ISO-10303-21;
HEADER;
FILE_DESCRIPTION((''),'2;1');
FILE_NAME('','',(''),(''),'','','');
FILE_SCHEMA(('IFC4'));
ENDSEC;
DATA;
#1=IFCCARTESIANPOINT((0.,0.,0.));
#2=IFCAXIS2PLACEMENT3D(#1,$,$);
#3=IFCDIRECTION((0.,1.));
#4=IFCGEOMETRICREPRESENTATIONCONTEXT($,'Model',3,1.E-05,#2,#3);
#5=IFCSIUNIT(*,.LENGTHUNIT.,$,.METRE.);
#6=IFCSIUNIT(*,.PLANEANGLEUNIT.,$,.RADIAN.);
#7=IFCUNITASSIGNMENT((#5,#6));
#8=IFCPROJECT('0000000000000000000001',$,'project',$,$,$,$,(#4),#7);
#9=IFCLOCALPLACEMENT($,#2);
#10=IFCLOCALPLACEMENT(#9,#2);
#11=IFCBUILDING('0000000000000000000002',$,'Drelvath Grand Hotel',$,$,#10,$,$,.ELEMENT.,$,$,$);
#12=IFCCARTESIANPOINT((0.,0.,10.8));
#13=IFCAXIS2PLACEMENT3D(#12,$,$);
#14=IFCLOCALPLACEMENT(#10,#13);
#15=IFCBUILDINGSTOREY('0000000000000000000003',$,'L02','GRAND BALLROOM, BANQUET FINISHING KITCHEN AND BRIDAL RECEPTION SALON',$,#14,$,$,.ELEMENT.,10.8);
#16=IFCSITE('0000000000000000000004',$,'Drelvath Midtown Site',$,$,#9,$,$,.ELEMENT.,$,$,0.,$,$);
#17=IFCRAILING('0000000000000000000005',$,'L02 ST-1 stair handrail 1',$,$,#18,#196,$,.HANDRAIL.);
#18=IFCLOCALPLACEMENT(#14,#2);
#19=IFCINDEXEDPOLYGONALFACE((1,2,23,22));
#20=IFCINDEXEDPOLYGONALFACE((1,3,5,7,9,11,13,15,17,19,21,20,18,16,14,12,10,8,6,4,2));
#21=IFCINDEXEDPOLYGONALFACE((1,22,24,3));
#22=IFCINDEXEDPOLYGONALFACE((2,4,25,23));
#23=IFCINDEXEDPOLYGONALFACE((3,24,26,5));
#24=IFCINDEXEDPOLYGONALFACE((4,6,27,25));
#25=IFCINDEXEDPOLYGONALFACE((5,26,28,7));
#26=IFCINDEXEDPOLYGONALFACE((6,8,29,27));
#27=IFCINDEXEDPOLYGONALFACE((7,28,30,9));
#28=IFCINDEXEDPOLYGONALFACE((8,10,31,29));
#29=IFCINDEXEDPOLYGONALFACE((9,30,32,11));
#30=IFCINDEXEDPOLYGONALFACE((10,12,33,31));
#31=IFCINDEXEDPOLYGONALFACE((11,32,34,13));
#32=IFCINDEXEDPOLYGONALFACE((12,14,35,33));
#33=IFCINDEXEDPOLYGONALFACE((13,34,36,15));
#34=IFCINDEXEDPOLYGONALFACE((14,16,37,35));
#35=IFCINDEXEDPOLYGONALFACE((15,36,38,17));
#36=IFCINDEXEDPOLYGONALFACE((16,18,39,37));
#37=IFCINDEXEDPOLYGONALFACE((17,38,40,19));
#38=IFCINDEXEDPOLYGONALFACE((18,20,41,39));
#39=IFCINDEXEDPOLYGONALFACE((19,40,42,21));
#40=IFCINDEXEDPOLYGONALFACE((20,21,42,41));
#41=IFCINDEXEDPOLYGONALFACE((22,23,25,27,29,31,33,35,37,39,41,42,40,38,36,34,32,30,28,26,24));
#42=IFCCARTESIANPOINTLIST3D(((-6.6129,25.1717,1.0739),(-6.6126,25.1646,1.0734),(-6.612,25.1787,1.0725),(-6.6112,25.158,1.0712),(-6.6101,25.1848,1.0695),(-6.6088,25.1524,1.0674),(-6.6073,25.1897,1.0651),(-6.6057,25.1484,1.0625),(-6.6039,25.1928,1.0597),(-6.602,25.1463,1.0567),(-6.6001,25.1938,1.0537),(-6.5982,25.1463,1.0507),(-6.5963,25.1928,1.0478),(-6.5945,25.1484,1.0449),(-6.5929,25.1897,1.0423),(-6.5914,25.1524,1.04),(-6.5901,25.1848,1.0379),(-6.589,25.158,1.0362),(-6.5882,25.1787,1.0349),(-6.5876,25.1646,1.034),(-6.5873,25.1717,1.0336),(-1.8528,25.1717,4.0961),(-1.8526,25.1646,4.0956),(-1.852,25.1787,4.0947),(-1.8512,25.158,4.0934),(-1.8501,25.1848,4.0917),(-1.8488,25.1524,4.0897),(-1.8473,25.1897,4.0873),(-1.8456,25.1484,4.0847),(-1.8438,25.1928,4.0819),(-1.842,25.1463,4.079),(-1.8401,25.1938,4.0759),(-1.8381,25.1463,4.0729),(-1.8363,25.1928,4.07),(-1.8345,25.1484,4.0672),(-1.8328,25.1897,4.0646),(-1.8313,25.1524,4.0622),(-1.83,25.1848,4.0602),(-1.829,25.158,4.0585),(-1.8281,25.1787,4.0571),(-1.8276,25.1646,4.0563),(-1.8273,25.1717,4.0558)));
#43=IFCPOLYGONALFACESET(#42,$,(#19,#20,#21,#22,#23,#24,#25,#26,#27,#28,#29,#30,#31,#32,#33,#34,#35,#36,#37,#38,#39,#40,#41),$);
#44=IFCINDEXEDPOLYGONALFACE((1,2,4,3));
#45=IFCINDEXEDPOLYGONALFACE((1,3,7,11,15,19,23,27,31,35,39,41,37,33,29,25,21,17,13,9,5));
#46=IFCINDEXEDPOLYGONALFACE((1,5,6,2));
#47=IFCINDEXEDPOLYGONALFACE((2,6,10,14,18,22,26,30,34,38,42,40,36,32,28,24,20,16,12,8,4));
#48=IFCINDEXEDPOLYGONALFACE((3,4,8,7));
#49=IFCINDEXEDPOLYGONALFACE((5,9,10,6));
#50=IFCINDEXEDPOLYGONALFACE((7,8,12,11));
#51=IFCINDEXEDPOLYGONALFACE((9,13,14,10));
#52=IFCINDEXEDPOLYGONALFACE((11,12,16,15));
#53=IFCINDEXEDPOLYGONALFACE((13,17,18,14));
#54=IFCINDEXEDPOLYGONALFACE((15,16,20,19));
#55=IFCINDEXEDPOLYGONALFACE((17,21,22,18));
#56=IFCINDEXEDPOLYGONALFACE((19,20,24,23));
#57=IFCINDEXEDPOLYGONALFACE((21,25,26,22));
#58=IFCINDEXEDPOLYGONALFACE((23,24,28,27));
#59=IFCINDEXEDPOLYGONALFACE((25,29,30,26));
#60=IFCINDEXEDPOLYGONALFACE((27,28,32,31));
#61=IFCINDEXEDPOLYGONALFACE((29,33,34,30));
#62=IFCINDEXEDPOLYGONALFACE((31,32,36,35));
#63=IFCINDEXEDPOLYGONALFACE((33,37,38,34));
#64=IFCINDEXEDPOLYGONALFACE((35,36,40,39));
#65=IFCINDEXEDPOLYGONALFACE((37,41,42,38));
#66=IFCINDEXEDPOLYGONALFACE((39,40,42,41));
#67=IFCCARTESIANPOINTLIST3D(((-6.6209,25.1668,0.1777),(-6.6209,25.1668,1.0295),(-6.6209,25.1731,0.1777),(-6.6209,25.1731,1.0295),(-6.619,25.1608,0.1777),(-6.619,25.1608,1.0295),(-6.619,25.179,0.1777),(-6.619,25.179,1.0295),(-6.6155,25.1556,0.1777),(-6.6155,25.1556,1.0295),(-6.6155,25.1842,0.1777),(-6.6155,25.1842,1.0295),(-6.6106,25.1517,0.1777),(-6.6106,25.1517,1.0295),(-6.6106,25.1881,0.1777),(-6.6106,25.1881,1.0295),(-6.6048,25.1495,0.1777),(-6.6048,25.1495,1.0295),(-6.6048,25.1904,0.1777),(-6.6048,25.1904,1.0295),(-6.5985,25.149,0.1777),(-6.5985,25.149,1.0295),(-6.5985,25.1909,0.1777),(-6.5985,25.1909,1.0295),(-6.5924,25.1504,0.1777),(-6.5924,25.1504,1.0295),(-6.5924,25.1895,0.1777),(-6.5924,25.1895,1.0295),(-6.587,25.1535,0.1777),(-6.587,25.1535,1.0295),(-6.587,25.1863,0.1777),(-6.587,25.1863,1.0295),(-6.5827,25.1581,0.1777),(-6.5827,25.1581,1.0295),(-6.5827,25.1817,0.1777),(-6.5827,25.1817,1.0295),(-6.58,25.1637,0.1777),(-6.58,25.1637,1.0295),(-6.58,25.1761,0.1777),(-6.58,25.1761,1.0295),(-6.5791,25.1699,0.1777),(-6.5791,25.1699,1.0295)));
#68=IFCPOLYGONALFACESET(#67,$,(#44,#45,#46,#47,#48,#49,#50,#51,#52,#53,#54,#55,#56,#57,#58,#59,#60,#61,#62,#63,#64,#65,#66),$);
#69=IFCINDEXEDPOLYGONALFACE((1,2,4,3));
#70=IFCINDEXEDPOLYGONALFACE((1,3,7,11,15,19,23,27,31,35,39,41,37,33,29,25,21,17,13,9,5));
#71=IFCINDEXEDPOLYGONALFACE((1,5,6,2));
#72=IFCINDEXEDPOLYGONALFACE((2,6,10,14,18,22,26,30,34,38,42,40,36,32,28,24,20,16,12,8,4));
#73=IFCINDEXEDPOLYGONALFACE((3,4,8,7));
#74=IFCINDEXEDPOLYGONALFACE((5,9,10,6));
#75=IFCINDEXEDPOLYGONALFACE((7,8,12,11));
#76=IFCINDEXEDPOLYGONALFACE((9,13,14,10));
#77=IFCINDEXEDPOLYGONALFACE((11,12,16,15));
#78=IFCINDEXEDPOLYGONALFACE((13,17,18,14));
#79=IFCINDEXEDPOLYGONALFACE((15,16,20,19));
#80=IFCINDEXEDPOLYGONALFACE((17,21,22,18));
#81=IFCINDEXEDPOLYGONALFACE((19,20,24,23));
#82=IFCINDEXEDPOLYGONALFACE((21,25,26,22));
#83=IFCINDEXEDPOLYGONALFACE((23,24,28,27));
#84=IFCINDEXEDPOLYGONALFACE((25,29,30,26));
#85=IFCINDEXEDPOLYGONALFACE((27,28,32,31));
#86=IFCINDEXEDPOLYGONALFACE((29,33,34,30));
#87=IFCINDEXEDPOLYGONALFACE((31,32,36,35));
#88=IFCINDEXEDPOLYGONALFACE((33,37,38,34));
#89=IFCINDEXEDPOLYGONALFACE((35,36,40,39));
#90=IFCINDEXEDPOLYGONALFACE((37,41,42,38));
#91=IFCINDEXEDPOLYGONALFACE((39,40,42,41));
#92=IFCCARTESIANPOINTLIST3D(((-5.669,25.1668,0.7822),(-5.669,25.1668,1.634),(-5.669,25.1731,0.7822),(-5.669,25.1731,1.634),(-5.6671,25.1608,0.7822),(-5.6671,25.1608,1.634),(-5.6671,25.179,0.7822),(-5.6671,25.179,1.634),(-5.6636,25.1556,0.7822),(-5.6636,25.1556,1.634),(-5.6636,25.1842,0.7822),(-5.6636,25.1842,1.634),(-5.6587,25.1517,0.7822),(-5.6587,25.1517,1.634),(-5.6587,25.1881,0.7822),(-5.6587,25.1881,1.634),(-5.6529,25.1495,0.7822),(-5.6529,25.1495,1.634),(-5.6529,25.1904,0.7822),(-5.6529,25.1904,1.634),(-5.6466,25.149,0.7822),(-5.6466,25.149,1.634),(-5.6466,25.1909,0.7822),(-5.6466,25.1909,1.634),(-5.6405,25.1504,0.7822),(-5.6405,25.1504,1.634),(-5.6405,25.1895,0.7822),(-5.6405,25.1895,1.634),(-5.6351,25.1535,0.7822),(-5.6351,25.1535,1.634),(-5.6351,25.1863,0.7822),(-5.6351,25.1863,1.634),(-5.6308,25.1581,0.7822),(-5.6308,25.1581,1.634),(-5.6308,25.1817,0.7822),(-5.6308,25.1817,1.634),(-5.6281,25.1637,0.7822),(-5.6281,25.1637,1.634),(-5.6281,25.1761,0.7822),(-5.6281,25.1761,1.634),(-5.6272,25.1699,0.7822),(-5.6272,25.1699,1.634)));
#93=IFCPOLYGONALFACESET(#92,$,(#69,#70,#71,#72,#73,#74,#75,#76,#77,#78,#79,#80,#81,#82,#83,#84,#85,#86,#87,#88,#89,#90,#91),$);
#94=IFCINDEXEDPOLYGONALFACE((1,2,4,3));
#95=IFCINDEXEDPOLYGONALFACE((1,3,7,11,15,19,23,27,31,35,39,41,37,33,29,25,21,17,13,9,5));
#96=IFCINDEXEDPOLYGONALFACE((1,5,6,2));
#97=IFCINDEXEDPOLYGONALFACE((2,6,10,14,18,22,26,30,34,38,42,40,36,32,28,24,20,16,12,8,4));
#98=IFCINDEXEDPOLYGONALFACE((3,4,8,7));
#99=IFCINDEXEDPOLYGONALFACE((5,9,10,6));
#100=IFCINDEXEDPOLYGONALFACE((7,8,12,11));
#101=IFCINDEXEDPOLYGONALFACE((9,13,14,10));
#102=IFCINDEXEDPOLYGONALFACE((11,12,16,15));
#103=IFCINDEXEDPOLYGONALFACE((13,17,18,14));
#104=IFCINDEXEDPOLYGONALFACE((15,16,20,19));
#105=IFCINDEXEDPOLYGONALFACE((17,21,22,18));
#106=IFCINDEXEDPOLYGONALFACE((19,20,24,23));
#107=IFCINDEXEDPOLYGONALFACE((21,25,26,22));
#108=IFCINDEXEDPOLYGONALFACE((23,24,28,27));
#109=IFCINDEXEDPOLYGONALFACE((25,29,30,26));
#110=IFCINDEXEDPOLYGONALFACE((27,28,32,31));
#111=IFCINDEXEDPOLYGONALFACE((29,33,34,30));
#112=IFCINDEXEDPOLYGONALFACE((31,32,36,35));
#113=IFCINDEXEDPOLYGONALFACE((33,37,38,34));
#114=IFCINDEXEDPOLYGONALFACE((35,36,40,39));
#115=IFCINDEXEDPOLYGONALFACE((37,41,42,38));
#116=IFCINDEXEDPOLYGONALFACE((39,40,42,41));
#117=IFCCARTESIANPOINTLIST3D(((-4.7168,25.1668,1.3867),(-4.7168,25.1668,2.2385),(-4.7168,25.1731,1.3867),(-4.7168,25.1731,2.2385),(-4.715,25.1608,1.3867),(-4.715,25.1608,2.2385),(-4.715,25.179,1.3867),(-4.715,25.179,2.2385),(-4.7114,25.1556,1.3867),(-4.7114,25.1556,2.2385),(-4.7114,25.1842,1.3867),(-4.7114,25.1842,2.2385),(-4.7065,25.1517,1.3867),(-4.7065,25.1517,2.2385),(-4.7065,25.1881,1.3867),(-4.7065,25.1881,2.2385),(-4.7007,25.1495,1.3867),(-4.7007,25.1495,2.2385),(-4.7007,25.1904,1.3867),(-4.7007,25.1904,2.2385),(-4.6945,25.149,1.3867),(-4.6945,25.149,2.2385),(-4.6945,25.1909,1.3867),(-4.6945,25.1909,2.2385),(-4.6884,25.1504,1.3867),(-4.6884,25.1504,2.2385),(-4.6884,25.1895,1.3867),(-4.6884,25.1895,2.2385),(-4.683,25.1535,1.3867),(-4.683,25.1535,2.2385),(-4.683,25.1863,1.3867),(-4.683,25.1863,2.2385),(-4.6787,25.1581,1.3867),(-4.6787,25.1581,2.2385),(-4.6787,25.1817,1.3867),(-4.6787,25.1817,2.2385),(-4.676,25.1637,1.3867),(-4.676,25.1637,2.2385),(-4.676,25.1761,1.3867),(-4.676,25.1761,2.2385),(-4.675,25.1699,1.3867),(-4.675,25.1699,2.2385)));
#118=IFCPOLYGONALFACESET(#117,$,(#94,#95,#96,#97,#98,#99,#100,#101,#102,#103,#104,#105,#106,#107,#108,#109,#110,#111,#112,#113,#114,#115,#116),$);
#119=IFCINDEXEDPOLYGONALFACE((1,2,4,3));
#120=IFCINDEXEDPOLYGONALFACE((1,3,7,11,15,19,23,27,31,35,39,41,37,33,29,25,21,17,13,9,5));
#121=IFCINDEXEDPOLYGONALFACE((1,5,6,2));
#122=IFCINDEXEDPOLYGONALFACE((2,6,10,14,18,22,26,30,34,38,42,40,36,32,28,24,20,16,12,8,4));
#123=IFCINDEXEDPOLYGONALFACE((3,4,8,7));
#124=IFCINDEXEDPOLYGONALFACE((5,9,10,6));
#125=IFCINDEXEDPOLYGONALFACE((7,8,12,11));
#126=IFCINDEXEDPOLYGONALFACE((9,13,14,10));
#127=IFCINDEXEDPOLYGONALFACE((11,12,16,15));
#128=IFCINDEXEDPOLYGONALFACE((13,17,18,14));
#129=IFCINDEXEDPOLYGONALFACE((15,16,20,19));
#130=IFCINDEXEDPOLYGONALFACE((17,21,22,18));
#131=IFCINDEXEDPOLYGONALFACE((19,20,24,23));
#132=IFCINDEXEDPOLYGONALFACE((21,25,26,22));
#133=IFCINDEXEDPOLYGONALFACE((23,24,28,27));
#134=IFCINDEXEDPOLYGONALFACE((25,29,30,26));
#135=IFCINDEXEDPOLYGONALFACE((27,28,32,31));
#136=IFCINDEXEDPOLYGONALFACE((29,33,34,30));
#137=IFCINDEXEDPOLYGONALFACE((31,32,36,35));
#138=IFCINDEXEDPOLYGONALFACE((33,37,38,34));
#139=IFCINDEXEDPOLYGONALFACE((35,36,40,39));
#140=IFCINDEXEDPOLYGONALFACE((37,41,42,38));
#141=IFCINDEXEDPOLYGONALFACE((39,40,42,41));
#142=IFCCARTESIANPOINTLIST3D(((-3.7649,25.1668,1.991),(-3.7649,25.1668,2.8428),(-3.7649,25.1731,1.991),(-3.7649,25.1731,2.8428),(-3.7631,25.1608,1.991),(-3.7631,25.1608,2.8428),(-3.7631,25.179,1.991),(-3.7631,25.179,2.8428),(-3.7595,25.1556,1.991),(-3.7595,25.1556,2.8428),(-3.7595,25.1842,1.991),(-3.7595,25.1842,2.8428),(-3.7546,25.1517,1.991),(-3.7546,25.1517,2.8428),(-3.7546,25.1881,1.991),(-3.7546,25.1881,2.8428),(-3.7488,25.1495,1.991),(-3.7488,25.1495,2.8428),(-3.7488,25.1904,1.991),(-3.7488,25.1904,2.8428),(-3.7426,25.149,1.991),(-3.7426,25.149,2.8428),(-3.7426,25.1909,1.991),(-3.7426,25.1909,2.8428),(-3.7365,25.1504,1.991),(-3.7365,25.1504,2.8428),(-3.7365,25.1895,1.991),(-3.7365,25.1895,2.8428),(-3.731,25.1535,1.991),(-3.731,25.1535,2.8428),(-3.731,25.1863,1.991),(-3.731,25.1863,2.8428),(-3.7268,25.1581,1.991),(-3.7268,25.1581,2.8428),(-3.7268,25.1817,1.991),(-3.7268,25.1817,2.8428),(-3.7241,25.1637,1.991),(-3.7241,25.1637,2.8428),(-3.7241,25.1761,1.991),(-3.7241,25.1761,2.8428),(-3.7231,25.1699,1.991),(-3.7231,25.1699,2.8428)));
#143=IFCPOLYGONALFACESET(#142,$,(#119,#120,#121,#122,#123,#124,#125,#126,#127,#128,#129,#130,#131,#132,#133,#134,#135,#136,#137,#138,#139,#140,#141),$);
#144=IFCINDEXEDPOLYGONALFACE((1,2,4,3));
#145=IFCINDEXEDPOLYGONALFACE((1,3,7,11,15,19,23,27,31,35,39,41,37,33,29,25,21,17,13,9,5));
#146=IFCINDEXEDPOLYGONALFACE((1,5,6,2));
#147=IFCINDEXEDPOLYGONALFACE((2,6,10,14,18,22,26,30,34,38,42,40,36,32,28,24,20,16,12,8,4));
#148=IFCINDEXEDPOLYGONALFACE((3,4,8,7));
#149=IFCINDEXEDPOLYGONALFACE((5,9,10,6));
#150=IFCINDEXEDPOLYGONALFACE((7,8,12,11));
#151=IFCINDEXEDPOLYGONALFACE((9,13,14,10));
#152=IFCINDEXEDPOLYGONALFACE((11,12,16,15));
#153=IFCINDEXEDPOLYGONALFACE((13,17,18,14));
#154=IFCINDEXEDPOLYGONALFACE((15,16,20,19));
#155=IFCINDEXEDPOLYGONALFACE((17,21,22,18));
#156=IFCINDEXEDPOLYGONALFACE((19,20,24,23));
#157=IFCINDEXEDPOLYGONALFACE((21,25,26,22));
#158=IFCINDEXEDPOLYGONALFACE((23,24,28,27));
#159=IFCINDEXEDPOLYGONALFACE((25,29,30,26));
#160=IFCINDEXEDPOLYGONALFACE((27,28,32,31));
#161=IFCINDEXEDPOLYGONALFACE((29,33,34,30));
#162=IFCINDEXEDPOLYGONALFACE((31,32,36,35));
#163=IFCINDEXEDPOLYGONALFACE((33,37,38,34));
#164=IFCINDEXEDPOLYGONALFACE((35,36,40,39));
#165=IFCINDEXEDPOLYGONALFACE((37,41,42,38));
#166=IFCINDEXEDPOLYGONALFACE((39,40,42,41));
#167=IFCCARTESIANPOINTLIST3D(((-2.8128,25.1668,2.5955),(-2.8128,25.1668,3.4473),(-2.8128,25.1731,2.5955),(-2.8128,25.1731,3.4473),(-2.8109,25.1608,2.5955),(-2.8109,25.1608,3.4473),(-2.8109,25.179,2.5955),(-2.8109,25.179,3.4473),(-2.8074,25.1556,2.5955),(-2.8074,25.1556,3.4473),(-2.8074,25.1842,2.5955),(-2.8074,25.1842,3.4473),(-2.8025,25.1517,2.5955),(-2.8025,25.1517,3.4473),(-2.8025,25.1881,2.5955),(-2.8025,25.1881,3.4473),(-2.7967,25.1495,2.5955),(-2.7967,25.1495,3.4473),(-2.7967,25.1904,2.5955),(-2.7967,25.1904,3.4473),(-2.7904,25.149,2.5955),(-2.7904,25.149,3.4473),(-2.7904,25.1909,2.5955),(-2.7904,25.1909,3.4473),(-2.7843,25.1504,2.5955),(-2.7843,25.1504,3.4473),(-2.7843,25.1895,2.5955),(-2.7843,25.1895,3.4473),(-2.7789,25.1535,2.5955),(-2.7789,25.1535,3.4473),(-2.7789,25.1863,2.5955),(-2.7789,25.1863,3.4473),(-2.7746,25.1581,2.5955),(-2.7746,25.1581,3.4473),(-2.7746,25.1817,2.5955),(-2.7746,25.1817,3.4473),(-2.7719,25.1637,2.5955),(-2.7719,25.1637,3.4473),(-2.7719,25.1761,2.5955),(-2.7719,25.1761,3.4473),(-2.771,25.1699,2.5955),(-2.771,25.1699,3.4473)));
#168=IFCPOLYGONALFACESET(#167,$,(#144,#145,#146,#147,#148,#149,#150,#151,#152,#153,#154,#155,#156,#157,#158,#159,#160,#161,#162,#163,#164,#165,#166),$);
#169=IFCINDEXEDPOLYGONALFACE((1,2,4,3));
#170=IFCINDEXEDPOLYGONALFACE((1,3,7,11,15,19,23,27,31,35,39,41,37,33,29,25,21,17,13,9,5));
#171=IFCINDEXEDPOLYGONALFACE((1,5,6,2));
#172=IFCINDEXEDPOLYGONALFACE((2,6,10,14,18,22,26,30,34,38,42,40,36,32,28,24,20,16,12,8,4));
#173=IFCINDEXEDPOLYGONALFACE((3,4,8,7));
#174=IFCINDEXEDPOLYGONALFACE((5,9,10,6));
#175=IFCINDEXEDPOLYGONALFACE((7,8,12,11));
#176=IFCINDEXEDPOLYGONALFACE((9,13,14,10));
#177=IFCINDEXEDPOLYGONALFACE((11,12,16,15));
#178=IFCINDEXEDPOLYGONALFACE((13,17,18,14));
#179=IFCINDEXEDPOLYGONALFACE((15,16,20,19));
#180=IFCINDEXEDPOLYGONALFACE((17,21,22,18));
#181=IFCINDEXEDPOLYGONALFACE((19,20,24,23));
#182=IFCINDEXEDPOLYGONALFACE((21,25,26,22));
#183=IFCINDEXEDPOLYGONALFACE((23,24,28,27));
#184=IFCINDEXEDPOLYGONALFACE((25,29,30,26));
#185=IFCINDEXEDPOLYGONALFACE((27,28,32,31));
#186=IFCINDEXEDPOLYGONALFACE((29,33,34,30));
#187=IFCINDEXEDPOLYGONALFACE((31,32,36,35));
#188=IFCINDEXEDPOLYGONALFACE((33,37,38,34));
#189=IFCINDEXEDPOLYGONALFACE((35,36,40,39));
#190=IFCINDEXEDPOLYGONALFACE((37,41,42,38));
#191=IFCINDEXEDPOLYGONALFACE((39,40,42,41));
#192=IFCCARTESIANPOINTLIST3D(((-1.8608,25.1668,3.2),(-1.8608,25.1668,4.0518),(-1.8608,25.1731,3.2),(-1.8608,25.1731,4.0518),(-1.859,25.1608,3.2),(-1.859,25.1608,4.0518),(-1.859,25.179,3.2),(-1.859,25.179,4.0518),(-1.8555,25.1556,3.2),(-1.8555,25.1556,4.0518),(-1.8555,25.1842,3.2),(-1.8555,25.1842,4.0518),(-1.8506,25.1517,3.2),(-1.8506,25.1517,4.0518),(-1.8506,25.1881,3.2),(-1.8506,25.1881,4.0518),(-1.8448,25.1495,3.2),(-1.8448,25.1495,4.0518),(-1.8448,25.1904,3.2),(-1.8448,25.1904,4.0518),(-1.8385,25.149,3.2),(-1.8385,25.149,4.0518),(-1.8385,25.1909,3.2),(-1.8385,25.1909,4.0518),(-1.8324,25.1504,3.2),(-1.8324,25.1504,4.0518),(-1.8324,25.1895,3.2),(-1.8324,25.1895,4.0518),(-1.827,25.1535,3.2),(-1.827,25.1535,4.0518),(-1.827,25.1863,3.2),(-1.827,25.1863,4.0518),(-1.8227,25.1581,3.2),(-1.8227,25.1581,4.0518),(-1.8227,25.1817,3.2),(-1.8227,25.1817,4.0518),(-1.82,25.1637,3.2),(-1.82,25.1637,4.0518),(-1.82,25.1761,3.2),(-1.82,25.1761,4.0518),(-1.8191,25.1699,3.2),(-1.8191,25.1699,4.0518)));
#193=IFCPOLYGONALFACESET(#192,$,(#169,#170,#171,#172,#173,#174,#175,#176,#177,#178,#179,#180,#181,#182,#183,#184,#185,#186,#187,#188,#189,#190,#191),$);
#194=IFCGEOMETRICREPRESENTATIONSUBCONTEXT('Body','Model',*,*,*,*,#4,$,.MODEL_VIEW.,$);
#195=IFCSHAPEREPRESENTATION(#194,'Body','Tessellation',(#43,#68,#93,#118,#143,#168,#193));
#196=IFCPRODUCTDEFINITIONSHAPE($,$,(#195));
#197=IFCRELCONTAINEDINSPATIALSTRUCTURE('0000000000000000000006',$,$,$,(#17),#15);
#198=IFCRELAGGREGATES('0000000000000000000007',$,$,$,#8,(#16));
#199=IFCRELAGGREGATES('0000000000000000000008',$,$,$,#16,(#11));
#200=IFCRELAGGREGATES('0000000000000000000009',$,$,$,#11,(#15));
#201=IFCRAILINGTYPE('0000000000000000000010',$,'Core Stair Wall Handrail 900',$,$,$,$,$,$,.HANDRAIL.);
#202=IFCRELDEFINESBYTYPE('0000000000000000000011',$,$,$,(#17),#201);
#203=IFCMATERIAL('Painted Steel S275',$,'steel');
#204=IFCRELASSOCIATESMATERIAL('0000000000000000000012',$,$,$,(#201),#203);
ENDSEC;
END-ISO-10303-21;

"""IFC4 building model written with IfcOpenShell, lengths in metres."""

from ifc_helpers import new_model, si_unit, direction, frame, origin, origin_2d, place, context, subcontext, project, spatial, circle, extrude, material, type_object, element, save


model = new_model("IFC4")

# Units and contexts
model_context = context("Model", 3, precision=1e-05, world=origin(), true_north=direction((0.0, 1.0)))
body_context = subcontext(model_context, "Body", "Model", "MODEL_VIEW")
ifc_project = project(units=[si_unit("LENGTHUNIT", "METRE"), si_unit("PLANEANGLEUNIT", "RADIAN")], contexts=[model_context])

# Site, building, storey
site_placement = place(None, origin())
site = spatial("IfcSite", under=ifc_project, at=site_placement, Name="Drelvath Midtown Site", CompositionType="ELEMENT", RefElevation=0.0)
building_placement = place(site_placement, origin())
building = spatial("IfcBuilding", under=site, at=building_placement, Name="Drelvath Grand Hotel", CompositionType="ELEMENT")
storey_placement = place(building_placement, frame((0.0, 0.0, 10.8)))
storey = spatial("IfcBuildingStorey", under=building, at=storey_placement, Name="L02", Description="GRAND BALLROOM, BANQUET FINISHING KITCHEN AND BRIDAL RECEPTION SALON", CompositionType="ELEMENT", Elevation=10.8)

# Shared definitions
ifc_material_1 = material(Name="Painted Steel S275", Category="steel")

# Railing
railing_type_1 = type_object("IfcRailingType", Name="Core Stair Wall Handrail 900", PredefinedType="HANDRAIL", material=ifc_material_1)
railing_1_placement = place(storey_placement, frame((-6.6001, 25.1699, 0.1777)))
element("IfcRailing", 1, at=railing_1_placement, inside=storey, type_object=railing_type_1, Name="L02 ST-1 stair handrail 1", PredefinedType="HANDRAIL", context=body_context, shape_type="SweptSolid", body=[
    extrude(circle(Radius=0.0239, at=origin_2d()), frame((0.0, 0.0, 0.876), z_axis=(0.844214, 0.0, 0.536007), x_axis=(0.0, 1.0, 0.0)), (0.0, 0.0, 1.0), 5.6384),
    extrude(circle(Radius=0.021, at=origin_2d()), origin(), (0.0, 0.0, 1.0), 0.8518),
    extrude(circle(Radius=0.021, at=origin_2d()), frame((0.9519, 0.0, 0.6045)), (0.0, 0.0, 1.0), 0.8518),
    extrude(circle(Radius=0.021, at=origin_2d()), frame((1.9041, 0.0, 1.209)), (0.0, 0.0, 1.0), 0.8518),
    extrude(circle(Radius=0.021, at=origin_2d()), frame((2.856, 0.0, 1.8132)), (0.0, 0.0, 1.0), 0.8518),
    extrude(circle(Radius=0.021, at=origin_2d()), frame((3.8081, 0.0, 2.4177)), (0.0, 0.0, 1.0), 0.8518),
    extrude(circle(Radius=0.021, at=origin_2d()), frame((4.76, 0.0, 3.0222)), (0.0, 0.0, 1.0), 0.8518),
])

save(model, "model.ifc")
